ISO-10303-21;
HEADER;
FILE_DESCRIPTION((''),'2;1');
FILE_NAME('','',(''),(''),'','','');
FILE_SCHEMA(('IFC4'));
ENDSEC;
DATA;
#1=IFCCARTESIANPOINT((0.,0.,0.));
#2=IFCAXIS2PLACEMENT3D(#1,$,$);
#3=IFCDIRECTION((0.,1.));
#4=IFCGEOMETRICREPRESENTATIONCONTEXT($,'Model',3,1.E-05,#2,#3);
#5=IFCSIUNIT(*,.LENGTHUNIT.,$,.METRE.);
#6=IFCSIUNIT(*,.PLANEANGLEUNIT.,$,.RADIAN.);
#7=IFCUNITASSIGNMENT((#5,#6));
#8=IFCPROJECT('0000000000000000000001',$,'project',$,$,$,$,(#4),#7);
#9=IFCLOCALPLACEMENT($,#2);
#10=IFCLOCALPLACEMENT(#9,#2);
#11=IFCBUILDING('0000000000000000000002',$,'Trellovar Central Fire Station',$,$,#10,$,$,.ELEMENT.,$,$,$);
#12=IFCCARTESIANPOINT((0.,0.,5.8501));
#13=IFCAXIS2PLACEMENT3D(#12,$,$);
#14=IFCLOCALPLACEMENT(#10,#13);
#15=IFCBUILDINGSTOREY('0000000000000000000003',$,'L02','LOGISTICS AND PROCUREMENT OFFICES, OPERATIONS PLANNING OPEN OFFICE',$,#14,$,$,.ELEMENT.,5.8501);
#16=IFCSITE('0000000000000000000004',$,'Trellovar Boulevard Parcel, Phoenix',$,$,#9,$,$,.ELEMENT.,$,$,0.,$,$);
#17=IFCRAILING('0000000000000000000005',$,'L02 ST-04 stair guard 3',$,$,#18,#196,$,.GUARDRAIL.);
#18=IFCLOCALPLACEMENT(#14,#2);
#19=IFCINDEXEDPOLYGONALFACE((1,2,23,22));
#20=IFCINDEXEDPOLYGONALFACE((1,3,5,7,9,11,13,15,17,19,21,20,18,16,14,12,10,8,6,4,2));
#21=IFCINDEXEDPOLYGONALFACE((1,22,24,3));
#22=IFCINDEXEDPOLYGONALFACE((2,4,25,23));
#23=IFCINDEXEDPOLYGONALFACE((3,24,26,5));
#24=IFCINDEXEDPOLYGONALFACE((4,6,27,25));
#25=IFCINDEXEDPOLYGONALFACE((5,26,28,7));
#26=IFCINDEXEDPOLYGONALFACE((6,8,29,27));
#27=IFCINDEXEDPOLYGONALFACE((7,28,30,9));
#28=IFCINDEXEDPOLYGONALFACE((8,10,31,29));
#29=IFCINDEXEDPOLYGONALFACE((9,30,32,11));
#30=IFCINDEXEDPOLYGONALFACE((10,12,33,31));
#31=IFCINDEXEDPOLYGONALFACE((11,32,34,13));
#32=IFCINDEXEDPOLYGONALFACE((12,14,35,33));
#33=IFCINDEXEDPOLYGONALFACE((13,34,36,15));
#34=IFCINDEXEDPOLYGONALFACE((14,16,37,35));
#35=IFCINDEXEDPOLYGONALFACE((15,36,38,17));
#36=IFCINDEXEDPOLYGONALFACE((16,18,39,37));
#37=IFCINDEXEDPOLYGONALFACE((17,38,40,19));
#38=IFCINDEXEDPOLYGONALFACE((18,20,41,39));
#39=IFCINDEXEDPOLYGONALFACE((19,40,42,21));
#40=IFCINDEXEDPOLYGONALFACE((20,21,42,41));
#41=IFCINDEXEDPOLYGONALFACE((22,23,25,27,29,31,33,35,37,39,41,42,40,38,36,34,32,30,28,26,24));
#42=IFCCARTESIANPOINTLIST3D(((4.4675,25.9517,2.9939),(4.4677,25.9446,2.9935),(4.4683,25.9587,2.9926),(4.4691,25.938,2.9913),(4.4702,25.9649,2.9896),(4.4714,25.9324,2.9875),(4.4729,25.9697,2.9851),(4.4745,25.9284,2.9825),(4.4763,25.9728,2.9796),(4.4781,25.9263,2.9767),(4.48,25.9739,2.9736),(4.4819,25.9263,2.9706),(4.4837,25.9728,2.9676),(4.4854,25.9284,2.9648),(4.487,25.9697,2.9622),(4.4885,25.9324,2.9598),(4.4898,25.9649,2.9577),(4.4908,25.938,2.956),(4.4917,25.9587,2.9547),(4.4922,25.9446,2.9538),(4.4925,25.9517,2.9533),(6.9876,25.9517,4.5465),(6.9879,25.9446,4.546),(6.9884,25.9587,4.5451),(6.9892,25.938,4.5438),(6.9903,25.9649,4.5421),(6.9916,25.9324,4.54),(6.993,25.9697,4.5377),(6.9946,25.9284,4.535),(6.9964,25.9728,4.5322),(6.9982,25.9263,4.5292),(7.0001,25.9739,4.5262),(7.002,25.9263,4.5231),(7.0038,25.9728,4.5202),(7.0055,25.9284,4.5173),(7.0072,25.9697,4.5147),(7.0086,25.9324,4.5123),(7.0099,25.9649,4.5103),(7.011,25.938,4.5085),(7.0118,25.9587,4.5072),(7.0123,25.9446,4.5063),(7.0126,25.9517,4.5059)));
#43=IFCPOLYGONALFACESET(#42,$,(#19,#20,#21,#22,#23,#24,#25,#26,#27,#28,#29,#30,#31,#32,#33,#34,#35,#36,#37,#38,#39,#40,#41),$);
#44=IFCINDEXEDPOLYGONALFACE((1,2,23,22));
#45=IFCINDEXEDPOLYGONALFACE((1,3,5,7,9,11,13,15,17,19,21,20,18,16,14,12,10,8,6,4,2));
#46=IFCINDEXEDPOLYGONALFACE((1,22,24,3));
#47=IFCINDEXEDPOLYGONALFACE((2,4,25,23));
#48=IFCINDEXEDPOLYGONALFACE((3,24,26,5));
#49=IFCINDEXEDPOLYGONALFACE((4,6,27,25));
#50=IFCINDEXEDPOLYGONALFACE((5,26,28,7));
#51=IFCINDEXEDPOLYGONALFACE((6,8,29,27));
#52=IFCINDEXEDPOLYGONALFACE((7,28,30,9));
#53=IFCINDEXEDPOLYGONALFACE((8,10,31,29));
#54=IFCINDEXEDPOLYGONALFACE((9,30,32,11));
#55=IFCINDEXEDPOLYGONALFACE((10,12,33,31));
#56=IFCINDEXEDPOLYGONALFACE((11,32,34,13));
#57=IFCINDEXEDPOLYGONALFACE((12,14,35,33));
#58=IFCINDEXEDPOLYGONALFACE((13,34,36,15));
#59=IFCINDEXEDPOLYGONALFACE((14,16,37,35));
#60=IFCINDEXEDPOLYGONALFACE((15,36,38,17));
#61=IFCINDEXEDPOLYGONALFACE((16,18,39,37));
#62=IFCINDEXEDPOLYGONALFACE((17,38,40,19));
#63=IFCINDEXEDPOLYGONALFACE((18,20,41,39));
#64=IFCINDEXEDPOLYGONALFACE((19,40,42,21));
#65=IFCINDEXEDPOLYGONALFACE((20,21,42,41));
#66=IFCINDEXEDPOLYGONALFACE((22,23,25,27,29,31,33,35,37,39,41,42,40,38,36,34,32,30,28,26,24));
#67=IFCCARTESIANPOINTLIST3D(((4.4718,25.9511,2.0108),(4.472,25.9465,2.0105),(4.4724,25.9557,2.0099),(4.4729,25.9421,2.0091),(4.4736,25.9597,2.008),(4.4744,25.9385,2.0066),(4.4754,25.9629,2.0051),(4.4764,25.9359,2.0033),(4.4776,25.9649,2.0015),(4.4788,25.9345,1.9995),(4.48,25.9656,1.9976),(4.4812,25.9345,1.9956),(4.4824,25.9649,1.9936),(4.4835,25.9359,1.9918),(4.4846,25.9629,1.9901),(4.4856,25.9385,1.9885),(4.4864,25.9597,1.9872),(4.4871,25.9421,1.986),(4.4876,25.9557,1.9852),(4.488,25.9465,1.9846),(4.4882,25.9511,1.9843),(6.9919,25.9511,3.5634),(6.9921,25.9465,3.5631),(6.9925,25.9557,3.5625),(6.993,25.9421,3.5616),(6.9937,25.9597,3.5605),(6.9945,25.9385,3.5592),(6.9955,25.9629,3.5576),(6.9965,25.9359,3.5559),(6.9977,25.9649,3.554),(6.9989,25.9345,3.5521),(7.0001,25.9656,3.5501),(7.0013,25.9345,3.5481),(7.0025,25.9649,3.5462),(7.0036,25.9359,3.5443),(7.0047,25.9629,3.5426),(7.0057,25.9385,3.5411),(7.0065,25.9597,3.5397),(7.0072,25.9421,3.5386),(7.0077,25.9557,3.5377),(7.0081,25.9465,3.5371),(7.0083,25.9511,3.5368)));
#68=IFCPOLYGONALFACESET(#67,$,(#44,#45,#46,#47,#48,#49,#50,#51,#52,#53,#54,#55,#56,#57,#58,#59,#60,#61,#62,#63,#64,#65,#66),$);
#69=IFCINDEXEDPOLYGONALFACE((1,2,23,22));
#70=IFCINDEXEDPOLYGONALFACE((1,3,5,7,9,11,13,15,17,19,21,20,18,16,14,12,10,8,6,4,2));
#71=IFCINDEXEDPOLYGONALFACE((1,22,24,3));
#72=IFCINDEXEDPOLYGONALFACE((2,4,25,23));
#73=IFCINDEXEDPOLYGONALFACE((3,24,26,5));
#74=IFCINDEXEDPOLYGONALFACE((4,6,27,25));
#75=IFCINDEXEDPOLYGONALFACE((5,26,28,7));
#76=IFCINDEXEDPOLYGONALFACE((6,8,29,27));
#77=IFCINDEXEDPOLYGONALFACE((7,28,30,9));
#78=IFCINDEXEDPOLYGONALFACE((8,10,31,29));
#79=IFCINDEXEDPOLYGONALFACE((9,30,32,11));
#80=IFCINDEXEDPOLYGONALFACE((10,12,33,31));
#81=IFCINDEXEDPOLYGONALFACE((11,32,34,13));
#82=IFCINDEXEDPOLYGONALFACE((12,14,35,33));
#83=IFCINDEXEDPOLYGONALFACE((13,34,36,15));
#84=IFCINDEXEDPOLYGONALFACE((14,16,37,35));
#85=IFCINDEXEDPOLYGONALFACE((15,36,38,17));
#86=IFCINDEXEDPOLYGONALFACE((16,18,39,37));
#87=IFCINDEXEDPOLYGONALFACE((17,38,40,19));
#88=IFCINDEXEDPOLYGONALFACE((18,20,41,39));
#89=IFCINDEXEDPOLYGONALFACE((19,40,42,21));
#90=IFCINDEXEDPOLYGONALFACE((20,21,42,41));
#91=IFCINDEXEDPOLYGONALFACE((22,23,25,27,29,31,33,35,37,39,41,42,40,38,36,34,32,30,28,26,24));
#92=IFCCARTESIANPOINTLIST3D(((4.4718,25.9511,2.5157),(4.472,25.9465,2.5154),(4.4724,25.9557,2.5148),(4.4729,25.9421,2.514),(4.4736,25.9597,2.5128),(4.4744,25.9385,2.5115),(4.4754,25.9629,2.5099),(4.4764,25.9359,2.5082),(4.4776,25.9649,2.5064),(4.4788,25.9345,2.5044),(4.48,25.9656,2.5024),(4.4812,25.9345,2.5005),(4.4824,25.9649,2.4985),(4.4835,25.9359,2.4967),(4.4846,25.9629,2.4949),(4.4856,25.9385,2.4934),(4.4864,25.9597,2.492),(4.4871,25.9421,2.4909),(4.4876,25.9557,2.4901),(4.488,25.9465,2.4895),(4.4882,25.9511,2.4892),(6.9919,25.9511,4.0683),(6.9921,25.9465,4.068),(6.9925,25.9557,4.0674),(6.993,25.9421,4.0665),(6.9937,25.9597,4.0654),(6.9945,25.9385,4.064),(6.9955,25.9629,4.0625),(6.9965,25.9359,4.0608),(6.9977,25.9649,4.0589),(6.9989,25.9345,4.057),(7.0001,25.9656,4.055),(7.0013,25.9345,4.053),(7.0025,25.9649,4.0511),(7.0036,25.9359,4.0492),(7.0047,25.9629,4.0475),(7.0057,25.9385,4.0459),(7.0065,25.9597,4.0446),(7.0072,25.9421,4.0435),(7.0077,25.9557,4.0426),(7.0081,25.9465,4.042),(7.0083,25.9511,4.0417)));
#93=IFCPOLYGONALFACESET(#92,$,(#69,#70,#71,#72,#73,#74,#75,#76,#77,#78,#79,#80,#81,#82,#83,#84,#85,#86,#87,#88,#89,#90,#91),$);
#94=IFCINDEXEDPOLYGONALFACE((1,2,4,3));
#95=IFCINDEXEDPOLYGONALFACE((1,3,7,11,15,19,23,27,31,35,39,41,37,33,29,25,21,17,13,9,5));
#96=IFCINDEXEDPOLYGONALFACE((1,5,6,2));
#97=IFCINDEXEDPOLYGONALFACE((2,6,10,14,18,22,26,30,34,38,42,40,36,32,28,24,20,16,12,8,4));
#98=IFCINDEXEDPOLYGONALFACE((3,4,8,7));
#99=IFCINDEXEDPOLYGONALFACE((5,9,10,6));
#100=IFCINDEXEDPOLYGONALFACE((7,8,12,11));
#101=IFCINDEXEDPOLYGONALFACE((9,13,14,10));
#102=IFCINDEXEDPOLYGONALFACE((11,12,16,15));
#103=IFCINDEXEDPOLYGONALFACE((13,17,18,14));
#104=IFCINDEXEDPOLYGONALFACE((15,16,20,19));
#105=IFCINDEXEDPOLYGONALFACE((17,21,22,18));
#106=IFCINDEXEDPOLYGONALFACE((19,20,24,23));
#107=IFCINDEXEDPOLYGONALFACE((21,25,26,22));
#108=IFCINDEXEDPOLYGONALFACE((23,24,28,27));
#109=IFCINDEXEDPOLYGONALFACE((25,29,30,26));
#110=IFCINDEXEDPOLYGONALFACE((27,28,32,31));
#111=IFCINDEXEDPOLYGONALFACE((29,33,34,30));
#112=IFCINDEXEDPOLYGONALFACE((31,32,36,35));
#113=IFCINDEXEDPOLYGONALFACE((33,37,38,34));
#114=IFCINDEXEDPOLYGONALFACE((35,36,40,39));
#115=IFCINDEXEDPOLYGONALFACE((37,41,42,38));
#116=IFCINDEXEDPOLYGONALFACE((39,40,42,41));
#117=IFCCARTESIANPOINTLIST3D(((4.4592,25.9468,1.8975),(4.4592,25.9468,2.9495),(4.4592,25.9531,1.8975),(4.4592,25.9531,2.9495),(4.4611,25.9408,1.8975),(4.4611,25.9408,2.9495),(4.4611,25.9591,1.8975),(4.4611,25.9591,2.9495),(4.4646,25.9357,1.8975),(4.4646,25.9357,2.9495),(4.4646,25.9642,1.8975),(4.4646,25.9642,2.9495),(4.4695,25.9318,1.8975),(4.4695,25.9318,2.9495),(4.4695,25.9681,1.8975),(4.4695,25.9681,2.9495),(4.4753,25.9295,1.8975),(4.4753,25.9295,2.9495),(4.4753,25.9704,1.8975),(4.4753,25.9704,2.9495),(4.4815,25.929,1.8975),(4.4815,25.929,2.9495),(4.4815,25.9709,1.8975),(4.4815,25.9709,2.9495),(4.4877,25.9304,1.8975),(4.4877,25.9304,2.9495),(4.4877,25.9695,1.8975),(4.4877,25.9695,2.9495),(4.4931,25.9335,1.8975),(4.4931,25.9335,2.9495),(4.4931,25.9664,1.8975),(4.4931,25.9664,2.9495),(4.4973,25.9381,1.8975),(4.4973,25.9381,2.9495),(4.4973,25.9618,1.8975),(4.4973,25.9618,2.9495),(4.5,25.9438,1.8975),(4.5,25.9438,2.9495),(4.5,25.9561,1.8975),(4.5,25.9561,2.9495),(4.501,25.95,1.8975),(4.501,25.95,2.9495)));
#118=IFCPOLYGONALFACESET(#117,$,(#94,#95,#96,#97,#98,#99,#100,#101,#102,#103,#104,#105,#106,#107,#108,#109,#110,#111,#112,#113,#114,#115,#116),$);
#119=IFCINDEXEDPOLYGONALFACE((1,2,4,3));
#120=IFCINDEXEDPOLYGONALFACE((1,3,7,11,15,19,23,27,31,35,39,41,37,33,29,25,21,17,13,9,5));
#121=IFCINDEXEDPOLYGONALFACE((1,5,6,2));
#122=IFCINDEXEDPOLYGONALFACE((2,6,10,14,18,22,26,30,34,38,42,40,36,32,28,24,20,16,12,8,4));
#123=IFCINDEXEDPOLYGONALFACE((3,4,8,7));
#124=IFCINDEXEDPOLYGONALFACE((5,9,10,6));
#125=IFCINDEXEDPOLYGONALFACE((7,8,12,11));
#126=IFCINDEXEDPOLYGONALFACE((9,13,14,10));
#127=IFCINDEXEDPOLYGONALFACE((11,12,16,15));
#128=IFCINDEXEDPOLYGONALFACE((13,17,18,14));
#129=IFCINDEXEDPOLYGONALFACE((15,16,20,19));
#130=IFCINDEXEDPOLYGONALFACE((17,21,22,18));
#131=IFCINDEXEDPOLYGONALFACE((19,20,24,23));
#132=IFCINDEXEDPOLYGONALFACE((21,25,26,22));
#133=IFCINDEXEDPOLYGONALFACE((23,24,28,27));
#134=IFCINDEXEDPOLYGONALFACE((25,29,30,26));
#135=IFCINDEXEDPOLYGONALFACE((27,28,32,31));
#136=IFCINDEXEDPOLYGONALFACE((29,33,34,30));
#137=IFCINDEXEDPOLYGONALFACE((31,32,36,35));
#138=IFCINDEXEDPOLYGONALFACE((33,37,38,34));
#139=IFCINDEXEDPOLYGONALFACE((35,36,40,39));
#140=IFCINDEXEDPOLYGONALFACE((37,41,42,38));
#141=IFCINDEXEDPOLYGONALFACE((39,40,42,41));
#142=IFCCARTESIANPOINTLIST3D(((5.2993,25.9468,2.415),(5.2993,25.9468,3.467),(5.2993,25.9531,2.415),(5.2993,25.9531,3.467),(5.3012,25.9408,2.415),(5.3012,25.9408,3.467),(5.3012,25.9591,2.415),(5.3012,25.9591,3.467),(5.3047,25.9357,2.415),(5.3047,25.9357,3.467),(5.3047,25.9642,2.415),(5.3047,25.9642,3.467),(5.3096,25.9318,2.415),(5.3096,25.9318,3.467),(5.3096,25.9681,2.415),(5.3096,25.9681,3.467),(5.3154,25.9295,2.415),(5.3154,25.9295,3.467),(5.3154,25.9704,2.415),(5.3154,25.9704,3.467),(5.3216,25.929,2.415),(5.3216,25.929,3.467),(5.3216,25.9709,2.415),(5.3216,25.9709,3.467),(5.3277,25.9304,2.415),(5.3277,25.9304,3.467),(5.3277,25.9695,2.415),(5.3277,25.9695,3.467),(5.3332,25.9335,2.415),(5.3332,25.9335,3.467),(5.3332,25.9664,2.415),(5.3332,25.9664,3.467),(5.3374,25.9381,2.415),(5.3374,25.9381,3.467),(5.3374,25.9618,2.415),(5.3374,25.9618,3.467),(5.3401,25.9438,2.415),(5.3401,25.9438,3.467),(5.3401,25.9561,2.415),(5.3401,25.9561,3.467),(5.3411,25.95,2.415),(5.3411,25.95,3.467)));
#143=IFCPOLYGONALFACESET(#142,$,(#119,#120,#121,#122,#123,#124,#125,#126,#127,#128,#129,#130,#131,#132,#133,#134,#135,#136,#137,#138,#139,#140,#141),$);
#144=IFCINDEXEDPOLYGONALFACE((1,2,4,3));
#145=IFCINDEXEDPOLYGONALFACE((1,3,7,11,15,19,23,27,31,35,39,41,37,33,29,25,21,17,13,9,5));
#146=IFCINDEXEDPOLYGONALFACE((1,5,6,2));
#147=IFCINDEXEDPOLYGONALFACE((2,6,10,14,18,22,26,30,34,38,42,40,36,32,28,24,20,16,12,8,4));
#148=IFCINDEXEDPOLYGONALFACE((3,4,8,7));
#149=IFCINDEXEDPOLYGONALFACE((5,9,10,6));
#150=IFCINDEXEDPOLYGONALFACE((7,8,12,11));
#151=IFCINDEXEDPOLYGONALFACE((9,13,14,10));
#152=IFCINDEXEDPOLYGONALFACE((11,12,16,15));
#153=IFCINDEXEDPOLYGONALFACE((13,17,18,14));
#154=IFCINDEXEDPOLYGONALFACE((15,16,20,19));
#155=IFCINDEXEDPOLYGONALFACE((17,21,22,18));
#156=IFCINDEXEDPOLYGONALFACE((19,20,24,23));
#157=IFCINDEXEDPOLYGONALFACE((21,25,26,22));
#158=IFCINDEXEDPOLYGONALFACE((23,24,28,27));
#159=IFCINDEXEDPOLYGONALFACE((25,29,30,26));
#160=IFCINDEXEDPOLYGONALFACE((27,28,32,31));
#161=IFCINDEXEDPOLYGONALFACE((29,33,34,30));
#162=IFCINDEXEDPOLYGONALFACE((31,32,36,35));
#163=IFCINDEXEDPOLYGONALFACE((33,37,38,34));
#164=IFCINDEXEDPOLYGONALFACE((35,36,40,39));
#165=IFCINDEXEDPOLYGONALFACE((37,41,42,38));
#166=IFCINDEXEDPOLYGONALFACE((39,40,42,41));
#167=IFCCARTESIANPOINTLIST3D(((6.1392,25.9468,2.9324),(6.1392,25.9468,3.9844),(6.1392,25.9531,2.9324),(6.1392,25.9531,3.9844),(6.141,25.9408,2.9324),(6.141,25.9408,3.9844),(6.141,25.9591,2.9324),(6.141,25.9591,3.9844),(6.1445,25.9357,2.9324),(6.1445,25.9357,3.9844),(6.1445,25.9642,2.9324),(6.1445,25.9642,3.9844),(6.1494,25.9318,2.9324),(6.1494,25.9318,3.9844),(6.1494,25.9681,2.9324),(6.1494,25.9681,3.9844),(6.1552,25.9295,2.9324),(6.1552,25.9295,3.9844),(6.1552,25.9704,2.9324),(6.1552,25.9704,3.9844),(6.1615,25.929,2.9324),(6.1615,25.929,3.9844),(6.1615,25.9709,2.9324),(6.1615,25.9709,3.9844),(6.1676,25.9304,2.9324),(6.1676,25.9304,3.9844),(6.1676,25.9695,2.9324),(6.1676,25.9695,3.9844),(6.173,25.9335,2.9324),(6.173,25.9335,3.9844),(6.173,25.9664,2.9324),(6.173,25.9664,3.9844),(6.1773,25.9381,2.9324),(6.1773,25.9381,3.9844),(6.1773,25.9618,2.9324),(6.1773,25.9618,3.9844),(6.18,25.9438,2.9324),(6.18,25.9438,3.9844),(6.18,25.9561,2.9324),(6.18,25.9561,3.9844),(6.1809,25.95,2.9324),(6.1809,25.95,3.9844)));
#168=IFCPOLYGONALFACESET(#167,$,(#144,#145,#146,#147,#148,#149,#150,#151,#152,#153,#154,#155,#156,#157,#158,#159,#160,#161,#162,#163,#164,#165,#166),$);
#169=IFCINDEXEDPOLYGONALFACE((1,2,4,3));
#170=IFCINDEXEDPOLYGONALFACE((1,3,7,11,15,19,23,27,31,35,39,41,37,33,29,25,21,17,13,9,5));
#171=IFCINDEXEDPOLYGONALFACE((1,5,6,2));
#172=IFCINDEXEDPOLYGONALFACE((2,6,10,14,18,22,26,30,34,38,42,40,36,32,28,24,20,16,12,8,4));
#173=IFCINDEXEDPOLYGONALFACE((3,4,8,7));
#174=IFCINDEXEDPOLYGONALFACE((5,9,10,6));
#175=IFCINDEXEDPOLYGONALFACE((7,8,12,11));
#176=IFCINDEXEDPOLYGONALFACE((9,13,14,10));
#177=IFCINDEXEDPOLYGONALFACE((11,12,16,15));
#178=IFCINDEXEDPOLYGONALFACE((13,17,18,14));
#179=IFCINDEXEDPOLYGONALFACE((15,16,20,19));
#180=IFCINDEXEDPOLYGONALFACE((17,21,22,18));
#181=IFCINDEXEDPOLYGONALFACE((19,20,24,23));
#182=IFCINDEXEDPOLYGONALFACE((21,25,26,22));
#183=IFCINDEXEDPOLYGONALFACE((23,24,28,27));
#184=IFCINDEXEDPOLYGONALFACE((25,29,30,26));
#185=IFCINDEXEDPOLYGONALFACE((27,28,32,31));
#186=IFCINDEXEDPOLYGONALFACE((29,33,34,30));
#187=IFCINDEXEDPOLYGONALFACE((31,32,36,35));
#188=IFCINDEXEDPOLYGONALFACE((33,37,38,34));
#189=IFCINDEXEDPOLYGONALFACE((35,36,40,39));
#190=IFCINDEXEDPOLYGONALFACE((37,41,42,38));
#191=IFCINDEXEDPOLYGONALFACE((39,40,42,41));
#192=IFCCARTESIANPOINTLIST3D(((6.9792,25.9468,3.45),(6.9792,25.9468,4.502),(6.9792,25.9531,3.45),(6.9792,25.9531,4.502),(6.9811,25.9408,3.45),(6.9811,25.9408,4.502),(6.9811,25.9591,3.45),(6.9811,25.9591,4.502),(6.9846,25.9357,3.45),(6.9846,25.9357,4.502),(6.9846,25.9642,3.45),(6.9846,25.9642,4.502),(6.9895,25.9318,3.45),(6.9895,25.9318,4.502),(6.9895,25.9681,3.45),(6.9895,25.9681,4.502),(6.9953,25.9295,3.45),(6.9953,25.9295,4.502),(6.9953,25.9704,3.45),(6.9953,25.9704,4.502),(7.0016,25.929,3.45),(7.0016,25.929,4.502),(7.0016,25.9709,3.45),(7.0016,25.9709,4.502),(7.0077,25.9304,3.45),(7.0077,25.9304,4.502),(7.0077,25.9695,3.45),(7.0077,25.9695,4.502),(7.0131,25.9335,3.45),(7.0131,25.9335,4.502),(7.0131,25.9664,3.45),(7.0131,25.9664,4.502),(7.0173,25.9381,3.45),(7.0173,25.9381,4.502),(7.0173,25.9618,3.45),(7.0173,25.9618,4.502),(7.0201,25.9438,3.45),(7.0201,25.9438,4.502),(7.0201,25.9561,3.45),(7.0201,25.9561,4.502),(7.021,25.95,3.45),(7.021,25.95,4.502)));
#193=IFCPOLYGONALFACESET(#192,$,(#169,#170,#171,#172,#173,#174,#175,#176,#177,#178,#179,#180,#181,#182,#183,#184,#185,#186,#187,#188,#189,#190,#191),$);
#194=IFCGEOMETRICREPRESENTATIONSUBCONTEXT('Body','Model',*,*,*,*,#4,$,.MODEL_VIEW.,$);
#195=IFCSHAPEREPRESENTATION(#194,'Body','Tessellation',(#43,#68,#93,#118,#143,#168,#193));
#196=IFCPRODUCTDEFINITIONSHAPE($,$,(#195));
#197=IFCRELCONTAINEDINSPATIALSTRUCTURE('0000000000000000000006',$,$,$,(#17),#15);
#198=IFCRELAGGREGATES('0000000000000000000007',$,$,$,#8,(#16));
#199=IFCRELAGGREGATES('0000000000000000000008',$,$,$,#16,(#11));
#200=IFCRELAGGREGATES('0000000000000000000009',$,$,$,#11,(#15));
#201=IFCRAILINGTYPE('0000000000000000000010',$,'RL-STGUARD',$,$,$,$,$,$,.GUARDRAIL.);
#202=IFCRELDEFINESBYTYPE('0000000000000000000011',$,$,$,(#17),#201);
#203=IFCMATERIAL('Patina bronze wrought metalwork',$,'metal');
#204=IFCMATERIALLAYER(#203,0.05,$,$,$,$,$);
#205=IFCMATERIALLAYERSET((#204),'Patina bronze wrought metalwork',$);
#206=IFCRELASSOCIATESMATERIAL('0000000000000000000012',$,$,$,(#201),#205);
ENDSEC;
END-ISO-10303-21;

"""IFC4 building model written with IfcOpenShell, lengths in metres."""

from ifc_helpers import new_model, si_unit, direction, frame, origin, origin_2d, place, context, subcontext, project, spatial, circle, extrude, material, layer, layer_set, type_object, element, save


model = new_model("IFC4")

# Units and contexts
model_context = context("Model", 3, precision=1e-05, world=origin(), true_north=direction((0.0, 1.0)))
body_context = subcontext(model_context, "Body", "Model", "MODEL_VIEW")
ifc_project = project(units=[si_unit("LENGTHUNIT", "METRE"), si_unit("PLANEANGLEUNIT", "RADIAN")], contexts=[model_context])

# Site, building, storey
site_placement = place(None, origin())
site = spatial("IfcSite", under=ifc_project, at=site_placement, Name="Trellovar Boulevard Parcel, Phoenix", CompositionType="ELEMENT", RefElevation=0.0)
building_placement = place(site_placement, origin())
building = spatial("IfcBuilding", under=site, at=building_placement, Name="Trellovar Central Fire Station", CompositionType="ELEMENT")
storey_placement = place(building_placement, frame((0.0, 0.0, 5.8501)))
storey = spatial("IfcBuildingStorey", under=building, at=storey_placement, Name="L02", Description="LOGISTICS AND PROCUREMENT OFFICES, OPERATIONS PLANNING OPEN OFFICE", CompositionType="ELEMENT", Elevation=5.8501)

# Railing
ifc_material_1 = material(Name="Patina bronze wrought metalwork", Category="metal")
ifc_layer_1 = layer(ifc_material_1, 0.05)
ifc_layer_set_1 = layer_set([ifc_layer_1], Name="Patina bronze wrought metalwork")
railing_type_1 = type_object("IfcRailingType", Name="RL-STGUARD", PredefinedType="GUARDRAIL", material=ifc_layer_set_1)
railing_1_placement = place(storey_placement, frame((4.48, 25.95, 1.8975)))
element("IfcRailing", 1, at=railing_1_placement, inside=storey, type_object=railing_type_1, Name="L02 ST-04 stair guard 3", PredefinedType="GUARDRAIL", context=body_context, shape_type="SweptSolid", body=[
    extrude(circle(Radius=0.0239, at=origin_2d()), frame((0.0, 0.0, 1.0762), z_axis=(0.8514, 0.0, 0.524516), x_axis=(0.0, 1.0, 0.0)), (0.0, 0.0, 1.0), 2.96),
    extrude(circle(Radius=0.0156, at=origin_2d()), frame((0.0, 0.0, 0.1001), z_axis=(0.8514, 0.0, 0.524516), x_axis=(0.0, 1.0, 0.0)), (0.0, 0.0, 1.0), 2.96),
    extrude(circle(Radius=0.0156, at=origin_2d()), frame((0.0, 0.0, 0.605), z_axis=(0.8514, 0.0, 0.524516), x_axis=(0.0, 1.0, 0.0)), (0.0, 0.0, 1.0), 2.96),
    extrude(circle(Radius=0.021, at=origin_2d()), origin(), (0.0, 0.0, 1.0), 1.052),
    extrude(circle(Radius=0.021, at=origin_2d()), frame((0.8401, 0.0, 0.5176)), (0.0, 0.0, 1.0), 1.052),
    extrude(circle(Radius=0.021, at=origin_2d()), frame((1.6799, 0.0, 1.0349)), (0.0, 0.0, 1.0), 1.052),
    extrude(circle(Radius=0.021, at=origin_2d()), frame((2.52, 0.0, 1.5525)), (0.0, 0.0, 1.0), 1.052),
])

save(model, "model.ifc")
